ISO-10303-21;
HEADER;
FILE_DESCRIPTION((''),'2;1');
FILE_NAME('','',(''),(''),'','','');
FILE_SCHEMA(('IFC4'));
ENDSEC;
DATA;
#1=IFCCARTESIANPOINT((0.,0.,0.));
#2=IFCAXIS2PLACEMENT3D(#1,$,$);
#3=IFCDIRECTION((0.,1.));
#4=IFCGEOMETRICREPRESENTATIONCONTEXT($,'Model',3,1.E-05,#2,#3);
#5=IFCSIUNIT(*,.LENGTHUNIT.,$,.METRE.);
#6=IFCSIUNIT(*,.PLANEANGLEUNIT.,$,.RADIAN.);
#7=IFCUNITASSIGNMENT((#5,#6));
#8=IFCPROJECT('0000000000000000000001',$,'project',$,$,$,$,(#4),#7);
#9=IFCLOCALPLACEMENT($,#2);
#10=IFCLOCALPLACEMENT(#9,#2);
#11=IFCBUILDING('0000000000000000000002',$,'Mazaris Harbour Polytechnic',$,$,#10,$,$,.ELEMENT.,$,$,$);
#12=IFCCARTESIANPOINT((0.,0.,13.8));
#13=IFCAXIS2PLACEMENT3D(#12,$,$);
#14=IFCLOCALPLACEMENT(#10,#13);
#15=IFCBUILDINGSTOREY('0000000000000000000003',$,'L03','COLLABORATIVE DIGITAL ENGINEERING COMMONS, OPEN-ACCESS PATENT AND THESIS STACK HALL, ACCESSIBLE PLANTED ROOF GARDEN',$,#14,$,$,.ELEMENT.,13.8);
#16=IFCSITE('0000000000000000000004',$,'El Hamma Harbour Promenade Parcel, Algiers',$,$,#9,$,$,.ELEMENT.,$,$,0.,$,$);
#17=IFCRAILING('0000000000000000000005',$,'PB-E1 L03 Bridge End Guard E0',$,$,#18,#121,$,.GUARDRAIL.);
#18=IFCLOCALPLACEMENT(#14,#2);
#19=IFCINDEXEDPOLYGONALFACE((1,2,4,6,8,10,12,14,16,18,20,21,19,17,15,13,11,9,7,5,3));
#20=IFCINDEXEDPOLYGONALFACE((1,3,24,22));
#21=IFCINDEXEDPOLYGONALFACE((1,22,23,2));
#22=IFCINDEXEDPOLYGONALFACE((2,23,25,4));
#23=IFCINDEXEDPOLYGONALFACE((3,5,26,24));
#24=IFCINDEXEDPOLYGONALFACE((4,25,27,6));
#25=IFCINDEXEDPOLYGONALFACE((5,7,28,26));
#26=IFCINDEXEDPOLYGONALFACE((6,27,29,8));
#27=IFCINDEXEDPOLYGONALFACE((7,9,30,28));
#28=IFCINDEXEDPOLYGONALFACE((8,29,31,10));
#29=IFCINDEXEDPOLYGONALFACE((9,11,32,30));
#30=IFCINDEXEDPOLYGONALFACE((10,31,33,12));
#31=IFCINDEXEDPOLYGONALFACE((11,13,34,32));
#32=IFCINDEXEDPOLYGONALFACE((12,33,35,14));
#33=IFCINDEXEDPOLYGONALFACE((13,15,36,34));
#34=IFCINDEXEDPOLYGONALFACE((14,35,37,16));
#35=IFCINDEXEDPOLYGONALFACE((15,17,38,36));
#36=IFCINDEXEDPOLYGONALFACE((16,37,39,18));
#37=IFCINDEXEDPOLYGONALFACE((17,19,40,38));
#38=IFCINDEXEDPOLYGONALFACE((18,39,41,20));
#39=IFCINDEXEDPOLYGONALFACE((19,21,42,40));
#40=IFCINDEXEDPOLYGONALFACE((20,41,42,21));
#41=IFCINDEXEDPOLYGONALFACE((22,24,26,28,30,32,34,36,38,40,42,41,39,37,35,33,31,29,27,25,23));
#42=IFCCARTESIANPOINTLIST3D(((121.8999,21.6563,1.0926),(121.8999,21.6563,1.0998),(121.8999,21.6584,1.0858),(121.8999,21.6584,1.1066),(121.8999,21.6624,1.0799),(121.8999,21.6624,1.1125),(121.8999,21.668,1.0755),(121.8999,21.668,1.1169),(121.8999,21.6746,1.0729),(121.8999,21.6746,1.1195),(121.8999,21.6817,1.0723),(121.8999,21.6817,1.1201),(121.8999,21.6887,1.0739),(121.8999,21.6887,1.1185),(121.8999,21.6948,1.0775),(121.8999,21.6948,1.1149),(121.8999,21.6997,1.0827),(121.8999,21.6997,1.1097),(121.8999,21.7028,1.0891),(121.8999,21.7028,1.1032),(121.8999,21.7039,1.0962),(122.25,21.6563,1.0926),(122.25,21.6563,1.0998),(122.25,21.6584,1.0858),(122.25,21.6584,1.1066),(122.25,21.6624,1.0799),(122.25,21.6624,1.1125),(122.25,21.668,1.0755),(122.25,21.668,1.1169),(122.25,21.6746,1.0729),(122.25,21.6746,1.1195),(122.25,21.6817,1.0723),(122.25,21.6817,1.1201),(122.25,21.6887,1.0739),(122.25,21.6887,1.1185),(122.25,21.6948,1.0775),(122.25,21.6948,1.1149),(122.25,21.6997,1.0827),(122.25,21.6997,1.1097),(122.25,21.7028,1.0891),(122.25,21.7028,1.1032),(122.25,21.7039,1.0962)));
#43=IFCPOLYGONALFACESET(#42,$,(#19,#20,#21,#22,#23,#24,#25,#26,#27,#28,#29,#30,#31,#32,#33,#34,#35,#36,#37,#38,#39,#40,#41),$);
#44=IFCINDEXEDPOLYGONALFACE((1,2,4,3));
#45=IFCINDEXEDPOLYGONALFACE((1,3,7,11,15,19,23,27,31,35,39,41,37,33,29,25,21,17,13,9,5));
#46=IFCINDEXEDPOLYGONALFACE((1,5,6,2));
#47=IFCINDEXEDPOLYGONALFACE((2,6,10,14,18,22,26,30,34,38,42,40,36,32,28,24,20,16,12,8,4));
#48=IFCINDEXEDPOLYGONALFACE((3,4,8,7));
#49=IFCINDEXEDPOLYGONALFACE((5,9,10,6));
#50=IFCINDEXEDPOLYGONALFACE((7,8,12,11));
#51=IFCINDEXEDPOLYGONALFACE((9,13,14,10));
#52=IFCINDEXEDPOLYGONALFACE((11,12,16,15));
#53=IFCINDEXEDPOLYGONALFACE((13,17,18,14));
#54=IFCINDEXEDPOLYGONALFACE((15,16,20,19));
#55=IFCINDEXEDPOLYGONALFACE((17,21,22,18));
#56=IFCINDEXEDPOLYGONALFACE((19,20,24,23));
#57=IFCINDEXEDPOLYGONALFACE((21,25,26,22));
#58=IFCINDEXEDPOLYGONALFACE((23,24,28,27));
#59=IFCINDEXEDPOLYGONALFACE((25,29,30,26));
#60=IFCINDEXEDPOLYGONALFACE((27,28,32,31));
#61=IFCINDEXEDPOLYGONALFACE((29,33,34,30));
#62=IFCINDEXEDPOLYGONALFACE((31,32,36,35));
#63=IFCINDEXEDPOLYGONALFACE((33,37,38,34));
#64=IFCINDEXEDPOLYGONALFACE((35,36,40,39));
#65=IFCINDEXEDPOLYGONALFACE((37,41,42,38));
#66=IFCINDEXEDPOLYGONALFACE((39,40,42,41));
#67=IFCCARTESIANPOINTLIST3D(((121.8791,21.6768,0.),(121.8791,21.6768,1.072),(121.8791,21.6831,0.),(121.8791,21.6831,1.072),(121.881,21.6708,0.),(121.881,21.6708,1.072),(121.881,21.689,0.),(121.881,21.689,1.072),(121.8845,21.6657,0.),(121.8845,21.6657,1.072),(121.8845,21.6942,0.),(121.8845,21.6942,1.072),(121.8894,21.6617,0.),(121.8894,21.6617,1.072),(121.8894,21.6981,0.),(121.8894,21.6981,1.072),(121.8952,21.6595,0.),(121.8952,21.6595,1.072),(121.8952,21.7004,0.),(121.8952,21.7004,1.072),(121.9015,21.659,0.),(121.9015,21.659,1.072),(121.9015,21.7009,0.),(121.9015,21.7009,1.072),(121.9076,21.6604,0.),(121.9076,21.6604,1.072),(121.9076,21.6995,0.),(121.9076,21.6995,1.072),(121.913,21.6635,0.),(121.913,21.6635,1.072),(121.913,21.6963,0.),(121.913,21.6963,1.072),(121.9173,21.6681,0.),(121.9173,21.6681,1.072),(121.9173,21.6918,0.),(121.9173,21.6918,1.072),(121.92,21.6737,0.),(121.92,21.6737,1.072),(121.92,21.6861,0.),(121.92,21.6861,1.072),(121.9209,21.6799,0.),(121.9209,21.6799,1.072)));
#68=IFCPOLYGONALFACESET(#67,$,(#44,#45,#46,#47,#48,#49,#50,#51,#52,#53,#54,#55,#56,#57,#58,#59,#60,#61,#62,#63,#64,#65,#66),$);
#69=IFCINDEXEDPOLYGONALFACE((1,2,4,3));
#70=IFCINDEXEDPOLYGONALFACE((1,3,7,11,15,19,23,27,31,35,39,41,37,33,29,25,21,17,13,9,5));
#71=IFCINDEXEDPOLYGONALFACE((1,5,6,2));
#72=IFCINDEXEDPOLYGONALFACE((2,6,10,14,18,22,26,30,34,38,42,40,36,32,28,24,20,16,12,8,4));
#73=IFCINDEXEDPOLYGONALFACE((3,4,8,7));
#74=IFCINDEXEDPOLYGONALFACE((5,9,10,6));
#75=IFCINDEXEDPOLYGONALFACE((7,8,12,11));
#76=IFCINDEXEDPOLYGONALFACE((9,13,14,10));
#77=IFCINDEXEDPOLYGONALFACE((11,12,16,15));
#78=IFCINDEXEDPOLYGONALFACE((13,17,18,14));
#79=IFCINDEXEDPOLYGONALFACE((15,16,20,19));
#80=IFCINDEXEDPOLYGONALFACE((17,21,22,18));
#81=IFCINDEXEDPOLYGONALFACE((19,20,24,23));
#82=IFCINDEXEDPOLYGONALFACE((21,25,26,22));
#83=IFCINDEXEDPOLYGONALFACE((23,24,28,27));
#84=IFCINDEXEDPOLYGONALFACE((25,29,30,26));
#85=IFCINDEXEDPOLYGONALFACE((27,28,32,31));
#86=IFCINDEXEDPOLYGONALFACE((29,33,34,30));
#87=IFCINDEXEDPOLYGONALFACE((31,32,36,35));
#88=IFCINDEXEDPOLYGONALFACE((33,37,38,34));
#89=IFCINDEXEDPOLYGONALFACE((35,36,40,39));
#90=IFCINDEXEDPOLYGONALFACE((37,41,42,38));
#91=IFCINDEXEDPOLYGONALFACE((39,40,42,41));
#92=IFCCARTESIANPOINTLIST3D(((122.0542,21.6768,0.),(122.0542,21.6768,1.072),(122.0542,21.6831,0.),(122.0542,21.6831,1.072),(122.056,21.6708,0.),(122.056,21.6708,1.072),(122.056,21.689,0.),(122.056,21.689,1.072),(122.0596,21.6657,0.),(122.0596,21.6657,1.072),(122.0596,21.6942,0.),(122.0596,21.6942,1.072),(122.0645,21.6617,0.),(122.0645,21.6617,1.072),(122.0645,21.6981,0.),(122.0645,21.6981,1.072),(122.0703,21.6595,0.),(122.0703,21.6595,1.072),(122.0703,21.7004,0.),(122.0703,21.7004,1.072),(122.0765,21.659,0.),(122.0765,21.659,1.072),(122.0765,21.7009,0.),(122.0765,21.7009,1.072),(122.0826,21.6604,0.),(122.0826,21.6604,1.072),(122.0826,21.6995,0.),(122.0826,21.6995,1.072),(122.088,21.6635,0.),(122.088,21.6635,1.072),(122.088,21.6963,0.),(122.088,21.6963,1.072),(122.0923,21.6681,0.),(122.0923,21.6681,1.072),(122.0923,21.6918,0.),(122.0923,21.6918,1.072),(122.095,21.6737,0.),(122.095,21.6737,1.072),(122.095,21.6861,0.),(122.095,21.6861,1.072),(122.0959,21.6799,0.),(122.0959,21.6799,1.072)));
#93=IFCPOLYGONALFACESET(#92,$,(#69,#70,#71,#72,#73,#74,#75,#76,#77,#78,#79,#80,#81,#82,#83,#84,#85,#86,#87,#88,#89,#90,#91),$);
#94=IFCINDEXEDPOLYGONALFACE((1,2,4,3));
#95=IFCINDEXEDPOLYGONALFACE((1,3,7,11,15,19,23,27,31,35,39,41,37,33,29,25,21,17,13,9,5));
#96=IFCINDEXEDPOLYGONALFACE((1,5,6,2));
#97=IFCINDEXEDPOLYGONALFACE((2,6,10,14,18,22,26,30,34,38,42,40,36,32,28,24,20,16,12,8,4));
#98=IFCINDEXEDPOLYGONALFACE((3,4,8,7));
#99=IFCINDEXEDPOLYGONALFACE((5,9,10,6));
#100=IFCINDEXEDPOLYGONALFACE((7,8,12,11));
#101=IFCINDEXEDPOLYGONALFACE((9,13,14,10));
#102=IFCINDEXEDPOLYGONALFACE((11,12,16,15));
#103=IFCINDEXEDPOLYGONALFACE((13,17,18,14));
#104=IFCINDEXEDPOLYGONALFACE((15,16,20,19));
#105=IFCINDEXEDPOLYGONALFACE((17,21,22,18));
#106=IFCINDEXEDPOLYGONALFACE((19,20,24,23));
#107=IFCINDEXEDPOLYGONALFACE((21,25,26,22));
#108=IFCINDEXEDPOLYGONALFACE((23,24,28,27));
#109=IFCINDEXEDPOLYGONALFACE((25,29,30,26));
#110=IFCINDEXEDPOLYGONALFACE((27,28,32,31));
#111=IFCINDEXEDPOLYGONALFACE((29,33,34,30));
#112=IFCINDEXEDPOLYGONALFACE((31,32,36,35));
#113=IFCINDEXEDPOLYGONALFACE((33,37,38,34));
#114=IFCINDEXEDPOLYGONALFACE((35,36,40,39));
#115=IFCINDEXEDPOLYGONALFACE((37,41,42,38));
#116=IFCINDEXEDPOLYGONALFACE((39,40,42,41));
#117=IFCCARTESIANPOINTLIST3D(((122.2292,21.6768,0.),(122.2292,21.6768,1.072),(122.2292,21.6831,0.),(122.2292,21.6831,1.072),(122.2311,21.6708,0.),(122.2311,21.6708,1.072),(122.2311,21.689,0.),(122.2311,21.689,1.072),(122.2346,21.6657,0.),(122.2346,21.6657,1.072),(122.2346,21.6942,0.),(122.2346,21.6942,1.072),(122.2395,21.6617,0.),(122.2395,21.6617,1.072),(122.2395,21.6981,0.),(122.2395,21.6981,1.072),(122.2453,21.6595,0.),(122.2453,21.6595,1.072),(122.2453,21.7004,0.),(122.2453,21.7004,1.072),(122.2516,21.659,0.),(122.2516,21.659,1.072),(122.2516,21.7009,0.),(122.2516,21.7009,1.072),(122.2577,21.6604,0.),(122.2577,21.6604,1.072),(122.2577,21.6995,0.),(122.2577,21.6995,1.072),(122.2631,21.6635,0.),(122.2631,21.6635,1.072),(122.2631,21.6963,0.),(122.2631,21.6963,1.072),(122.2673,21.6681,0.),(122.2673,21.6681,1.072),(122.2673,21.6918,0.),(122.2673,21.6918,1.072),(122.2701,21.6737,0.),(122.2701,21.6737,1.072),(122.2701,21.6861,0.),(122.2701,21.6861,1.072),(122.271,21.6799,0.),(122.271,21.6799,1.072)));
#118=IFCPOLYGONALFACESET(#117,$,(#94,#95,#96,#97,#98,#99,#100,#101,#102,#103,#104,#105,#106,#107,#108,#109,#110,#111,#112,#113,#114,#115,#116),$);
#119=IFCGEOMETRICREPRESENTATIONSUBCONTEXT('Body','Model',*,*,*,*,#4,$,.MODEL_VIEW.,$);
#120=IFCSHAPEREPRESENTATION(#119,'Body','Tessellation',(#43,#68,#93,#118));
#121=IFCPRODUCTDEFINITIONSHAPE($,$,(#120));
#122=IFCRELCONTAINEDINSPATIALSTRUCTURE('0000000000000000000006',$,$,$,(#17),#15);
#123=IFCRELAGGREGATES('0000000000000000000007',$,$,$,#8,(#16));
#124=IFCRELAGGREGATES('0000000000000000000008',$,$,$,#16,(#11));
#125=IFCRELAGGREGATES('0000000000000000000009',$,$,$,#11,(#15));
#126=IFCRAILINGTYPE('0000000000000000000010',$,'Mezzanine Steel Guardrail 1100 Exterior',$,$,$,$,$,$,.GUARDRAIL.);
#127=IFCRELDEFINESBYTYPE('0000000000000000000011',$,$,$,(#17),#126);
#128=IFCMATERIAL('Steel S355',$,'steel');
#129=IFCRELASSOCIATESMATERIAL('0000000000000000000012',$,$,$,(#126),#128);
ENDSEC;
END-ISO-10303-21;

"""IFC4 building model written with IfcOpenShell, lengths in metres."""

from ifc_helpers import new_model, si_unit, direction, frame, origin, origin_2d, place, context, subcontext, project, spatial, circle, extrude, material, type_object, element, save


model = new_model("IFC4")

# Units and contexts
model_context = context("Model", 3, precision=1e-05, world=origin(), true_north=direction((0.0, 1.0)))
body_context = subcontext(model_context, "Body", "Model", "MODEL_VIEW")
ifc_project = project(units=[si_unit("LENGTHUNIT", "METRE"), si_unit("PLANEANGLEUNIT", "RADIAN")], contexts=[model_context])

# Site, building, storey
site_placement = place(None, origin())
site = spatial("IfcSite", under=ifc_project, at=site_placement, Name="El Hamma Harbour Promenade Parcel, Algiers", CompositionType="ELEMENT", RefElevation=0.0)
building_placement = place(site_placement, origin())
building = spatial("IfcBuilding", under=site, at=building_placement, Name="Mazaris Harbour Polytechnic", CompositionType="ELEMENT")
storey_placement = place(building_placement, frame((0.0, 0.0, 13.8)))
storey = spatial("IfcBuildingStorey", under=building, at=storey_placement, Name="L03", Description="COLLABORATIVE DIGITAL ENGINEERING COMMONS, OPEN-ACCESS PATENT AND THESIS STACK HALL, ACCESSIBLE PLANTED ROOF GARDEN", CompositionType="ELEMENT", Elevation=13.8)

# Railing
ifc_material_1 = material(Name="Steel S355", Category="steel")
railing_type = type_object("IfcRailingType", Name="Mezzanine Steel Guardrail 1100 Exterior", PredefinedType="GUARDRAIL", material=ifc_material_1)
railing_placement = place(storey_placement, frame((121.8999, 21.6799, 0.0)))
element("IfcRailing", 1, at=railing_placement, inside=storey, type_object=railing_type, Name="PB-E1 L03 Bridge End Guard E0", PredefinedType="GUARDRAIL", context=body_context, shape_type="SweptSolid", body=[
    extrude(circle(Radius=0.0239, at=origin_2d()), frame((0.0, 0.0, 1.0962), z_axis=(1.0, 0.0, 0.0), x_axis=(0.0, 1.0, 0.0)), (0.0, 0.0, 1.0), 0.3501),
    extrude(circle(Radius=0.021, at=origin_2d()), origin(), (0.0, 0.0, 1.0), 1.072),
    extrude(circle(Radius=0.021, at=origin_2d()), frame((0.175, 0.0, 0.0)), (0.0, 0.0, 1.0), 1.072),
    extrude(circle(Radius=0.021, at=origin_2d()), frame((0.3501, 0.0, 0.0)), (0.0, 0.0, 1.0), 1.072),
])

save(model, "model.ifc")
